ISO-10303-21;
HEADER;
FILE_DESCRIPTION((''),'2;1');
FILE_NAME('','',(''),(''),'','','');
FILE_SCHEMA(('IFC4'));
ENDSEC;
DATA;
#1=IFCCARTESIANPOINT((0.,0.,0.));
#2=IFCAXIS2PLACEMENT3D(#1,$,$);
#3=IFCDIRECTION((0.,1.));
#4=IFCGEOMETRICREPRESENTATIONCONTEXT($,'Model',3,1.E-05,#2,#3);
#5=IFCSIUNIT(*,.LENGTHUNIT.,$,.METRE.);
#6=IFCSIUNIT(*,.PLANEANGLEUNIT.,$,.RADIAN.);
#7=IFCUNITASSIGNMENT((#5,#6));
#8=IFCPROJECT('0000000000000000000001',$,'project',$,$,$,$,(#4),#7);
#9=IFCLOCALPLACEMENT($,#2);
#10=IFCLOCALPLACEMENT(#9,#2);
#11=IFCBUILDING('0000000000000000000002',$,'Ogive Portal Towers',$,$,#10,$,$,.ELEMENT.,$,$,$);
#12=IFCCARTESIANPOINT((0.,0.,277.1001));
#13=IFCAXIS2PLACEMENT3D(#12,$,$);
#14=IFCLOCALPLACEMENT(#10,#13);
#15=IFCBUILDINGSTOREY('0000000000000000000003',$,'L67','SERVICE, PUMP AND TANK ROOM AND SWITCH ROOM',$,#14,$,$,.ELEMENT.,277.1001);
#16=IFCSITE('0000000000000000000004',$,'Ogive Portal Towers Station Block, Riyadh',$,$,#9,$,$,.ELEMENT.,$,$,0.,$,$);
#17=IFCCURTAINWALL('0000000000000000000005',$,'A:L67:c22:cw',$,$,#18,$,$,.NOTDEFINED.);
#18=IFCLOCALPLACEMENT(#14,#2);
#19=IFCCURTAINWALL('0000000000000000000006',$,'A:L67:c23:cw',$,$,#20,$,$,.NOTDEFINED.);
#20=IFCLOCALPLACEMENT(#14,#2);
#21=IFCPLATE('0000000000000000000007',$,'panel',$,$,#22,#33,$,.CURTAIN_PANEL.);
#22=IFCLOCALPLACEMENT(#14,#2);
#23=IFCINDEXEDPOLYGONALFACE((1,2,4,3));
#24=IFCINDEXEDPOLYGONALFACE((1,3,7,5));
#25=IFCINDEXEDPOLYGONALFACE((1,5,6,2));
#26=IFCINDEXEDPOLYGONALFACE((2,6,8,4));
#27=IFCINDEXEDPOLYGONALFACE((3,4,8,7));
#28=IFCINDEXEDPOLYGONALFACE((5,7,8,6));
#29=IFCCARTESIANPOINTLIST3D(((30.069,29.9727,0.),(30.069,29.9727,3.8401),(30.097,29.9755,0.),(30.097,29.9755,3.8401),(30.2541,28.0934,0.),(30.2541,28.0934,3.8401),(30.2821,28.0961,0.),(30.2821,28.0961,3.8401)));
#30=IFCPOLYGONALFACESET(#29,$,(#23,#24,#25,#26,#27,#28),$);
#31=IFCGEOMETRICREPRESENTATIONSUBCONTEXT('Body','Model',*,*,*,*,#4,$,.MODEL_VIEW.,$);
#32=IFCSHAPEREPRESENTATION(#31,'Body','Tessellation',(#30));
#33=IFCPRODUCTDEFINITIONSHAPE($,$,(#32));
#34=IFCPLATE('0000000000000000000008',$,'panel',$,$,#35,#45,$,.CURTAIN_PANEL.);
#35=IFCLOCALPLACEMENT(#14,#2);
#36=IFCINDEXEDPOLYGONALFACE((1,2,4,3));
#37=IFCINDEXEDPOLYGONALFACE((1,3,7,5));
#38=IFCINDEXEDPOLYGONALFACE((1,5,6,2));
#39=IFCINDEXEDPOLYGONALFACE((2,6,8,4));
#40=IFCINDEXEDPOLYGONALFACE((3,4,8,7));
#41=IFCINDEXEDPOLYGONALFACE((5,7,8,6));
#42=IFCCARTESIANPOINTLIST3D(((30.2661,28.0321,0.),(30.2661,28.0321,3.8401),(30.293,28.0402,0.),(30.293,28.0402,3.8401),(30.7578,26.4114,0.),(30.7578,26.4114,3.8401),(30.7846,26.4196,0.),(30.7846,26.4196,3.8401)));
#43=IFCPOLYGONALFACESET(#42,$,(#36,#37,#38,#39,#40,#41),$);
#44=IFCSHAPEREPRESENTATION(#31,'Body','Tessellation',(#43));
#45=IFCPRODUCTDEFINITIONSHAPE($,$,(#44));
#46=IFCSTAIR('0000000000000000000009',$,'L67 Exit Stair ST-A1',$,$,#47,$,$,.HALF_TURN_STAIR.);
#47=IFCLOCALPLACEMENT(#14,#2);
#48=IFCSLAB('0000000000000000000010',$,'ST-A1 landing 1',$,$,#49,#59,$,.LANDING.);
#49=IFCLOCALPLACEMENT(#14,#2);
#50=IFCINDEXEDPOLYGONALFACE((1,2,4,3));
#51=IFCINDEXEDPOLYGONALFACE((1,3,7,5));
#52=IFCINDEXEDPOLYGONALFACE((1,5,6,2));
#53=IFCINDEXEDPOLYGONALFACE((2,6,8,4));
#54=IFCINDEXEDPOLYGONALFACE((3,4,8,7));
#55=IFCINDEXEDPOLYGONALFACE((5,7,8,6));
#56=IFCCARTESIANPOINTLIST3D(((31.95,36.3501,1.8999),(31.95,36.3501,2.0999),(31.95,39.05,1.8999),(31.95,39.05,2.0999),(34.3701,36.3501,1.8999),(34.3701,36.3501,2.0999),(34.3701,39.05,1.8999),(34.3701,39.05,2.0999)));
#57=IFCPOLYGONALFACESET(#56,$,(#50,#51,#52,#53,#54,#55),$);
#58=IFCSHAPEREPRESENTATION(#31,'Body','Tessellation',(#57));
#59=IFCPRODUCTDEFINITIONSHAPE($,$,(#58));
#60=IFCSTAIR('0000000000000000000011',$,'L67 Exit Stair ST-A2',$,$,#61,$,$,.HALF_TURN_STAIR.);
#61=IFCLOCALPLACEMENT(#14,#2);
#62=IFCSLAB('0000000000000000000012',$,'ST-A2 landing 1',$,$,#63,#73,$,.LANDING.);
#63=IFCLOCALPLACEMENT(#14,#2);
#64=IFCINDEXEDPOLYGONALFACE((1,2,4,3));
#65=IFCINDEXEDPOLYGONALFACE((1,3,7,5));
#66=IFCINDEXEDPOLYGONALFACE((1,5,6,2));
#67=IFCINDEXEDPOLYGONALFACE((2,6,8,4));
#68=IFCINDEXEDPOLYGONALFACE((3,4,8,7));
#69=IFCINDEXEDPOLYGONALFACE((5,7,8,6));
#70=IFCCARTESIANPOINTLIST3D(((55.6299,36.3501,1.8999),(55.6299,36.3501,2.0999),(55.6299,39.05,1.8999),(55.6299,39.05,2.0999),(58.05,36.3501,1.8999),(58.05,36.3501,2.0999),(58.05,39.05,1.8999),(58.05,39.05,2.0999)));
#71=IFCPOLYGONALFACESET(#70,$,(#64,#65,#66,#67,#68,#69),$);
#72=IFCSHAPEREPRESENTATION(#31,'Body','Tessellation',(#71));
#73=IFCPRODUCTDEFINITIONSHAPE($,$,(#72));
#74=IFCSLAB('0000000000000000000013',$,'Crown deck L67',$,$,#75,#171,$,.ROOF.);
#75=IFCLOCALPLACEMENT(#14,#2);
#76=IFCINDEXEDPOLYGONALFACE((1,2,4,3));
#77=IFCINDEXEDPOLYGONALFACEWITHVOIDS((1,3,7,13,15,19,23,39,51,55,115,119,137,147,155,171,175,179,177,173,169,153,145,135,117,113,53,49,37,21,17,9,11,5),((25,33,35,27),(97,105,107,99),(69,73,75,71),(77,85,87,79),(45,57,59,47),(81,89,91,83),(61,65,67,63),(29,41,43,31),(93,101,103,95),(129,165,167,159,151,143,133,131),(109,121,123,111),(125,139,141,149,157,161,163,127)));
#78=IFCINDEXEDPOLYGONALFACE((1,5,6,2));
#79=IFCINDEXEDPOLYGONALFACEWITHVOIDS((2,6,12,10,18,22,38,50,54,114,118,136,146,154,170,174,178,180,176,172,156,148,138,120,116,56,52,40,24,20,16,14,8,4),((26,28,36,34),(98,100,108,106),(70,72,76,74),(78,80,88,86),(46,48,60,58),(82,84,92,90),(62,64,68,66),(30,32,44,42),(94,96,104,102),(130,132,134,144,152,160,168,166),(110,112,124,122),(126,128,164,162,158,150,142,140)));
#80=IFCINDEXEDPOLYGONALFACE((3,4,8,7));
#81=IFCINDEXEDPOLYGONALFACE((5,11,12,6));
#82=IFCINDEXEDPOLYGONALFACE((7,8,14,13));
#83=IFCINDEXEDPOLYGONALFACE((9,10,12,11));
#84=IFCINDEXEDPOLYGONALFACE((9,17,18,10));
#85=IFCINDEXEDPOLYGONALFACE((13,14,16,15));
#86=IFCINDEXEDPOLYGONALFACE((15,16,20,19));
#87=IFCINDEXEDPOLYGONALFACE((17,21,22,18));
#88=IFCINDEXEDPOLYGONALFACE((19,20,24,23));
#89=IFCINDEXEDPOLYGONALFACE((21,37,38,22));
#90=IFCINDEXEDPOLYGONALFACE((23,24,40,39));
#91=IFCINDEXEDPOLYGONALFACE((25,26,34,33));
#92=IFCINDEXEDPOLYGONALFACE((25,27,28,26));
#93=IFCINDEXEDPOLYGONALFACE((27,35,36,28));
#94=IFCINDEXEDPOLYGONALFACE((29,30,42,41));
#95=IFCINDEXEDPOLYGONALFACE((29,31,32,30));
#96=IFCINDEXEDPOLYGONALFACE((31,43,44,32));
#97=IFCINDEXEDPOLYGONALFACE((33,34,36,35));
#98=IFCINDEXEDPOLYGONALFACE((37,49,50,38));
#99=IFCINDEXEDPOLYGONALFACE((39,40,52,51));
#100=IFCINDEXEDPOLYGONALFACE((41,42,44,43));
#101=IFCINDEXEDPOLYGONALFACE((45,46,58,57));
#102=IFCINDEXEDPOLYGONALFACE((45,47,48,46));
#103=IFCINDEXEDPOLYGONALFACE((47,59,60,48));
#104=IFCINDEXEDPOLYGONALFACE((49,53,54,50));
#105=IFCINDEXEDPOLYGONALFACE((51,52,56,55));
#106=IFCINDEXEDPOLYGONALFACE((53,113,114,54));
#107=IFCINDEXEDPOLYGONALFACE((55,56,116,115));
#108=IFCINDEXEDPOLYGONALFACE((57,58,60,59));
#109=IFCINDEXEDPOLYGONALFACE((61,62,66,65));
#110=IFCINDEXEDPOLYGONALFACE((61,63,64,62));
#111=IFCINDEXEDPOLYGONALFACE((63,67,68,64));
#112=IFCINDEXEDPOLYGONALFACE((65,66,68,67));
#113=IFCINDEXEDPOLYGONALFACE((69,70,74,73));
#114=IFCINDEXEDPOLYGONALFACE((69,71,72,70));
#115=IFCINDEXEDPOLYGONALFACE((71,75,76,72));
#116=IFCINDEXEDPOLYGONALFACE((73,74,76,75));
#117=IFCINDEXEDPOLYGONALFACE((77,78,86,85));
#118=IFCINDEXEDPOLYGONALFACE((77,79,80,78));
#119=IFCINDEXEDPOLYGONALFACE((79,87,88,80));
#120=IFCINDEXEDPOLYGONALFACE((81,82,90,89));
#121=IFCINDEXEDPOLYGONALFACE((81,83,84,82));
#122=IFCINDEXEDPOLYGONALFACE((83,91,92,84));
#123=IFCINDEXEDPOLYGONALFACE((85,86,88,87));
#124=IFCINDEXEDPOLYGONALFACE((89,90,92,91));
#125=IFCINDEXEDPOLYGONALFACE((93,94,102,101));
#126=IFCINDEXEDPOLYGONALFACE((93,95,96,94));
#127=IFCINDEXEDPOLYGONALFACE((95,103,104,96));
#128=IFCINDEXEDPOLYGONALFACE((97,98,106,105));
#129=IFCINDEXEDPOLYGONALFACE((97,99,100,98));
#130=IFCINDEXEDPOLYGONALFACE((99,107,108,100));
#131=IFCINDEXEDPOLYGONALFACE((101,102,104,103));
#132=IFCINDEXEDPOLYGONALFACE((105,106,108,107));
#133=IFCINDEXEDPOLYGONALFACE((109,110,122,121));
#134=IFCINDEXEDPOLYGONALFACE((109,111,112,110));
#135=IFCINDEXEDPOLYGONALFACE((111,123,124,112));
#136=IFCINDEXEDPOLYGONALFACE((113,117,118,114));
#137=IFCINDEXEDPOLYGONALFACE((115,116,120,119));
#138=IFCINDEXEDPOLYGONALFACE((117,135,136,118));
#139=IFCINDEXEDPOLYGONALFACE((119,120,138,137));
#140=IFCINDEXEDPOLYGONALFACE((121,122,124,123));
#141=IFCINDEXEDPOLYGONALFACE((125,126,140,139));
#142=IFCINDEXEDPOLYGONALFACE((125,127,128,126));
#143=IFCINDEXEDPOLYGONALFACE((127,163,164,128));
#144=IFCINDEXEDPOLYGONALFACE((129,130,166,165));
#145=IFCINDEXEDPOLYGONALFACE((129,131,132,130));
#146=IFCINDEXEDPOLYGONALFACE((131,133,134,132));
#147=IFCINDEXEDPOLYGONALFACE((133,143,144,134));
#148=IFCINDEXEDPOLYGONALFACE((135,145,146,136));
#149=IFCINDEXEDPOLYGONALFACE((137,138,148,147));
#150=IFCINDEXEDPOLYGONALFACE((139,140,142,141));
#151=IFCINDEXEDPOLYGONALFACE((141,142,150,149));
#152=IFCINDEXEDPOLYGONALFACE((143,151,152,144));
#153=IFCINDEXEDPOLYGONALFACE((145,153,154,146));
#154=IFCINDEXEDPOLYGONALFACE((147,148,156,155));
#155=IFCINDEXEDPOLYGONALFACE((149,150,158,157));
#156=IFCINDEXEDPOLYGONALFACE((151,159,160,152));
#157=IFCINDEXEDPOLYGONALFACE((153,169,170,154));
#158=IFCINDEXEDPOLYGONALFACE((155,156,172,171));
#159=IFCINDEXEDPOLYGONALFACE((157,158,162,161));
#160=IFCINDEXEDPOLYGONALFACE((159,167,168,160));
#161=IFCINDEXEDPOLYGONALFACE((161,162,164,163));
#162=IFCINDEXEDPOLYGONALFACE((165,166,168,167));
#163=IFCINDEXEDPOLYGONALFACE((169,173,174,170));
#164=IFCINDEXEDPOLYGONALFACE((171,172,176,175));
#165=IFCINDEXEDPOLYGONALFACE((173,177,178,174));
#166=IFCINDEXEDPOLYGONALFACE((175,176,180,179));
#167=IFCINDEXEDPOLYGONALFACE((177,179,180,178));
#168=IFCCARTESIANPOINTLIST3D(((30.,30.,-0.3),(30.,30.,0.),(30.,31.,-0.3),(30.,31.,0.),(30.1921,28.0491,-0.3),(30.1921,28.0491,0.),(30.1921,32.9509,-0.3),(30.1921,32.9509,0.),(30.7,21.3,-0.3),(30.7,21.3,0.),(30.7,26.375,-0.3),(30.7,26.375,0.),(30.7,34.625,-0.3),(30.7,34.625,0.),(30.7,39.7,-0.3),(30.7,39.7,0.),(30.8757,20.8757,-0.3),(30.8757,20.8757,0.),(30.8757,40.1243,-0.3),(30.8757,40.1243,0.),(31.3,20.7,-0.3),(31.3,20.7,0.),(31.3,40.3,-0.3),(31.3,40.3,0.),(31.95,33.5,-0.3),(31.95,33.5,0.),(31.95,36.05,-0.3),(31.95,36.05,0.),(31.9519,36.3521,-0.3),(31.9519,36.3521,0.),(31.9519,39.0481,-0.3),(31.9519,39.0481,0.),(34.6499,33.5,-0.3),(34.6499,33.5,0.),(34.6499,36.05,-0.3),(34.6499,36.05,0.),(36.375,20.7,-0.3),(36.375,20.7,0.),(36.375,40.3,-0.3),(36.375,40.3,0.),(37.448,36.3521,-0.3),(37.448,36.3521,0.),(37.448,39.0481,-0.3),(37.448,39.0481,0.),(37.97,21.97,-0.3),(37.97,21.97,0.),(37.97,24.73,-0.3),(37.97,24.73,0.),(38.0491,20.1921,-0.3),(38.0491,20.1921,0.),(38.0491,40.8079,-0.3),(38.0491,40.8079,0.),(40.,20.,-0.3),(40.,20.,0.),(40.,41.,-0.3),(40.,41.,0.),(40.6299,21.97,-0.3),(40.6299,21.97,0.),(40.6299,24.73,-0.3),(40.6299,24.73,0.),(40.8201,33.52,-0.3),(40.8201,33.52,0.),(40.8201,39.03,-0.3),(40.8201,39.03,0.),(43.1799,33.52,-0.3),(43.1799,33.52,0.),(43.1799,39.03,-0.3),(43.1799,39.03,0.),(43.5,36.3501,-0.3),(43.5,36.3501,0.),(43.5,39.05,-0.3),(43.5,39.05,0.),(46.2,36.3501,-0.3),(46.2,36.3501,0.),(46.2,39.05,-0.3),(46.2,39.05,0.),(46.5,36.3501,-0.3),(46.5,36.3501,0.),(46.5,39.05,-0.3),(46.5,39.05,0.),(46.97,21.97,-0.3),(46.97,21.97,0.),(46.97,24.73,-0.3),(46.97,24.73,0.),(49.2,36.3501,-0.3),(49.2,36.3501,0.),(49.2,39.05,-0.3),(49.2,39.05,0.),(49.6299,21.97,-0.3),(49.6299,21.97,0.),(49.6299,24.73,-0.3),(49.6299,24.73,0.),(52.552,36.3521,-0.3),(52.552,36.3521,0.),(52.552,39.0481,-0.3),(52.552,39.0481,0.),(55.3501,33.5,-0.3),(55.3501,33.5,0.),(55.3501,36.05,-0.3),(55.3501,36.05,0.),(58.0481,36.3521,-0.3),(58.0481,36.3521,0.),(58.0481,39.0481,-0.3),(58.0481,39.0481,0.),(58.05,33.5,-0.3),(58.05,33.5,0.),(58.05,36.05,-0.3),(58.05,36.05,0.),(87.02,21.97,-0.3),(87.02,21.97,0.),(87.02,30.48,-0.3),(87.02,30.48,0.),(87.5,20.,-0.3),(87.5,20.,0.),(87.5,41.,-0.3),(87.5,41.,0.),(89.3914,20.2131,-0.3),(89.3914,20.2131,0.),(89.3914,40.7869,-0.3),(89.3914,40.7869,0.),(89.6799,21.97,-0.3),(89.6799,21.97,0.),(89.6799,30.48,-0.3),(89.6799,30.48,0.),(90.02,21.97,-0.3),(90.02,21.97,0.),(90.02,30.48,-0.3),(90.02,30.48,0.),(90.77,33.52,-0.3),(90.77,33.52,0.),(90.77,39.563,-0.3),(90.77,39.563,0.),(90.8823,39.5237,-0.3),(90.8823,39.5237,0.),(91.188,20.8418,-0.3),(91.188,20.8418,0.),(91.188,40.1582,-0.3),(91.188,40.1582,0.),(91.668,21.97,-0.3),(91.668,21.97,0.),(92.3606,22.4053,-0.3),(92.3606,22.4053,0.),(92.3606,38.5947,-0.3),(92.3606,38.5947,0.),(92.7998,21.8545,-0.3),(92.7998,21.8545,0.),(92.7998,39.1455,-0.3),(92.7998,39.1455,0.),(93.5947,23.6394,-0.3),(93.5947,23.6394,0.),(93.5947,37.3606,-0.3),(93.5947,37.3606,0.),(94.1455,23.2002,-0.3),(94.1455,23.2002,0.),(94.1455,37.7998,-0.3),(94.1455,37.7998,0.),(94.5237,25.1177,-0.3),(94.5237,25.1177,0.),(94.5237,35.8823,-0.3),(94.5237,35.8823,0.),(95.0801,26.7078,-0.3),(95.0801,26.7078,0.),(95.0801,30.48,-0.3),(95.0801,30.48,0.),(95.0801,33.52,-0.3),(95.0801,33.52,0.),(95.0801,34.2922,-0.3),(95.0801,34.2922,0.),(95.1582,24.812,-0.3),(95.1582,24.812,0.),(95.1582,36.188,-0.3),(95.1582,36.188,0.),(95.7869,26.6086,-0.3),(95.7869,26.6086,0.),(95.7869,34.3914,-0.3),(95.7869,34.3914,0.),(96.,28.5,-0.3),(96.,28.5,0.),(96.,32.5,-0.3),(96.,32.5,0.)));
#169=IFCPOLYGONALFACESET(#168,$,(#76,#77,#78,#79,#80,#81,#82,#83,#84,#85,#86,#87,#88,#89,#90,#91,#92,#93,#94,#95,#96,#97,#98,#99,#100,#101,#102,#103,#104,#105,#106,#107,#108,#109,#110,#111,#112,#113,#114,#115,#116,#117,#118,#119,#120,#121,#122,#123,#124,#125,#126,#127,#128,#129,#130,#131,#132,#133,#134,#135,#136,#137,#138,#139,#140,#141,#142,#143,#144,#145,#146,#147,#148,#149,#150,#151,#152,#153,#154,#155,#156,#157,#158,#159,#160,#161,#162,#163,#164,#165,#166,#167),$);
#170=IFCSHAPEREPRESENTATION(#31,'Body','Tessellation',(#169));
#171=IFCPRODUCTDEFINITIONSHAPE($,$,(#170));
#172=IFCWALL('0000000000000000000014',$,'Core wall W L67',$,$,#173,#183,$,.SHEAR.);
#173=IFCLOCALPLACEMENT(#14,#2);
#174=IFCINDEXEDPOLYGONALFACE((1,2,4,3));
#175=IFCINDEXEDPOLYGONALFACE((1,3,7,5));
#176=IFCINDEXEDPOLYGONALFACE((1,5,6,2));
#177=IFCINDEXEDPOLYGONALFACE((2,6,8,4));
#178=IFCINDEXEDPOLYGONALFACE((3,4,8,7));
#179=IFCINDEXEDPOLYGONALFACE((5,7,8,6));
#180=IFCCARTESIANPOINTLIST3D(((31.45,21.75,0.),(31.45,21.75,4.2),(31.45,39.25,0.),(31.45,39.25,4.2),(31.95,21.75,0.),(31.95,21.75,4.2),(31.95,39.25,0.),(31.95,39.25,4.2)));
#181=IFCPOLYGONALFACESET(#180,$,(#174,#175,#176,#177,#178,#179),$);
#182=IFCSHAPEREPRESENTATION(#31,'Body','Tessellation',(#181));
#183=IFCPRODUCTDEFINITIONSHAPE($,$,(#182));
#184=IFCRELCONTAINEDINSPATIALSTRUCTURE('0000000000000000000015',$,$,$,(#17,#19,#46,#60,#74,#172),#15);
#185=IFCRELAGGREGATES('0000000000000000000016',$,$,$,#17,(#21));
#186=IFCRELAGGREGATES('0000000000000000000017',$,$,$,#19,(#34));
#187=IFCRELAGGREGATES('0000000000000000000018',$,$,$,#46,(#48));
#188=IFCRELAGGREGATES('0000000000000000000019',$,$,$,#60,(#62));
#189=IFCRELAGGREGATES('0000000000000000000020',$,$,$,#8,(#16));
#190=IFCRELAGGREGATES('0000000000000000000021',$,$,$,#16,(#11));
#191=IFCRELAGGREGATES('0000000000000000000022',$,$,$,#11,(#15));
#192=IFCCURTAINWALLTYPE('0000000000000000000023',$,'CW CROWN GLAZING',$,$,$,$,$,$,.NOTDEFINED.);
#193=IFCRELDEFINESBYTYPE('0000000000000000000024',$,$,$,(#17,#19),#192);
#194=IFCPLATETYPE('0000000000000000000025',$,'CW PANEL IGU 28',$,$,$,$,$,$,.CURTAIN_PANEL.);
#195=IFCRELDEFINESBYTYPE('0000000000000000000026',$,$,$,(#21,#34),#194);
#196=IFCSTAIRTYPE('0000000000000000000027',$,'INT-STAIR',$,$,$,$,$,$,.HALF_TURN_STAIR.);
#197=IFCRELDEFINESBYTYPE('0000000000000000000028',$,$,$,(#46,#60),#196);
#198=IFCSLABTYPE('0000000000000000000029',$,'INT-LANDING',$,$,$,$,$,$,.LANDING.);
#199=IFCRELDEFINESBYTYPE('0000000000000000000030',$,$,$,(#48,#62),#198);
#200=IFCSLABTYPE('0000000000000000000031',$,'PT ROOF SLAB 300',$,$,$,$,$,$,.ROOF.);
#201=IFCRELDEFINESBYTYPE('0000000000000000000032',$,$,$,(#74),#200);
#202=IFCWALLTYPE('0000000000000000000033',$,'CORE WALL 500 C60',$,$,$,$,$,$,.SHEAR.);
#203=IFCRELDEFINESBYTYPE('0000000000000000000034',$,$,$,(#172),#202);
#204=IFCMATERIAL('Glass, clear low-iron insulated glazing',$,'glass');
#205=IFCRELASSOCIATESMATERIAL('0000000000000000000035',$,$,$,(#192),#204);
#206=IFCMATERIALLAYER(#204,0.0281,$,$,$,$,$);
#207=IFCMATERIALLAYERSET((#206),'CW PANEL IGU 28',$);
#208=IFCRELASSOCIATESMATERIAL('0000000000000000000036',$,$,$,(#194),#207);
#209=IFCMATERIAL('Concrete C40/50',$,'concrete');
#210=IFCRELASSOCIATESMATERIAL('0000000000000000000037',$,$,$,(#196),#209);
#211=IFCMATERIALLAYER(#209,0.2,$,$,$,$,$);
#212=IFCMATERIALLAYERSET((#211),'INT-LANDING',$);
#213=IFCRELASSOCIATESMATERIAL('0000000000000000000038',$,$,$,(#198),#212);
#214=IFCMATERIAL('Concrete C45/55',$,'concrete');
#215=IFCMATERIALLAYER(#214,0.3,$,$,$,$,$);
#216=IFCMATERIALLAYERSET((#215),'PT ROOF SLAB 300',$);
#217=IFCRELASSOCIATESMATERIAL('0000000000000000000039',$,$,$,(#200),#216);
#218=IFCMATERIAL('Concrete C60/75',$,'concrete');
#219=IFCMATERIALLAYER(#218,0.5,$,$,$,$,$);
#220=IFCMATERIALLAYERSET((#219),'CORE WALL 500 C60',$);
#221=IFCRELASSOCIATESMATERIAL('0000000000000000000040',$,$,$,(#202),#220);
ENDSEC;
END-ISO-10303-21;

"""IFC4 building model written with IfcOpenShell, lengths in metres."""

from ifc_helpers import new_model, si_unit, direction, frame, frame_2d, origin, origin_2d, place, context, subcontext, project, spatial, polyline, rectangle, outline, extrude, material, layer, layer_set, type_object, element, aggregate, save


model = new_model("IFC4")

# Units and contexts
model_context = context("Model", 3, precision=1e-05, world=origin(), true_north=direction((0.0, 1.0)))
body_context = subcontext(model_context, "Body", "Model", "MODEL_VIEW")
ifc_project = project(units=[si_unit("LENGTHUNIT", "METRE"), si_unit("PLANEANGLEUNIT", "RADIAN")], contexts=[model_context])

# Site, building, storey
site_placement = place(None, origin())
site = spatial("IfcSite", under=ifc_project, at=site_placement, Name="Ogive Portal Towers Station Block, Riyadh", CompositionType="ELEMENT", RefElevation=0.0)
building_placement = place(site_placement, origin())
building = spatial("IfcBuilding", under=site, at=building_placement, Name="Ogive Portal Towers", CompositionType="ELEMENT")
storey_placement = place(building_placement, frame((0.0, 0.0, 277.1001)))
storey = spatial("IfcBuildingStorey", under=building, at=storey_placement, Name="L67", Description="SERVICE, PUMP AND TANK ROOM AND SWITCH ROOM", CompositionType="ELEMENT", Elevation=277.1001)

# Shared definitions
ifc_material_1 = material(Name="Glass, clear low-iron insulated glazing", Category="glass")
curtain_wall_type = type_object("IfcCurtainWallType", Name="CW CROWN GLAZING", PredefinedType="NOTDEFINED", material=ifc_material_1)

# Curtain wall
curtain_wall_1_placement = place(storey_placement, origin())
curtain_wall_1 = element("IfcCurtainWall", 1, at=curtain_wall_1_placement, inside=storey, type_object=curtain_wall_type, Name="A:L67:c22:cw", PredefinedType="NOTDEFINED")

# Curtain wall
curtain_wall_2_placement = place(storey_placement, origin())
curtain_wall_2 = element("IfcCurtainWall", 2, at=curtain_wall_2_placement, inside=storey, type_object=curtain_wall_type, Name="A:L67:c23:cw", PredefinedType="NOTDEFINED")

# Plates
ifc_layer_1 = layer(ifc_material_1, 0.0281)
ifc_layer_set_1 = layer_set([ifc_layer_1], Name="CW PANEL IGU 28")
plate_type = type_object("IfcPlateType", Name="CW PANEL IGU 28", PredefinedType="CURTAIN_PANEL", material=ifc_layer_set_1)
plate_1_placement = place(storey_placement, frame((30.1755, 29.0344, 0.0), z_axis=(0.0, 0.0, 1.0), x_axis=(0.098017, -0.995185, 0.0)))
plate_1 = element("IfcPlate", 3, at=plate_1_placement, type_object=plate_type, Name="panel", PredefinedType="CURTAIN_PANEL", context=body_context, shape_type="SweptSolid", body=[
    extrude(rectangle(XDim=1.8884, YDim=0.0281, at=origin_2d()), origin(), (0.0, 0.0, 1.0), 3.8401),
])
aggregate(curtain_wall_1, [plate_1])
plate_2_placement = place(storey_placement, frame((30.5254, 27.2258, 0.0), z_axis=(0.0, 0.0, 1.0), x_axis=(0.290285, -0.95694, 0.0)))
plate_2 = element("IfcPlate", 4, at=plate_2_placement, type_object=plate_type, Name="panel", PredefinedType="CURTAIN_PANEL", context=body_context, shape_type="SweptSolid", body=[
    extrude(rectangle(XDim=1.6936, YDim=0.0281, at=origin_2d()), origin(), (0.0, 0.0, 1.0), 3.8401),
])
aggregate(curtain_wall_2, [plate_2])

# Stairs, slabs
ifc_material_2 = material(Name="Concrete C40/50", Category="concrete")
stair_type = type_object("IfcStairType", Name="INT-STAIR", PredefinedType="HALF_TURN_STAIR", material=ifc_material_2)
stair_1_placement = place(storey_placement, origin())
stair_1 = element("IfcStair", 5, at=stair_1_placement, inside=storey, type_object=stair_type, Name="L67 Exit Stair ST-A1", PredefinedType="HALF_TURN_STAIR")
ifc_layer_2 = layer(ifc_material_2, 0.2)
ifc_layer_set_2 = layer_set([ifc_layer_2], Name="INT-LANDING")
slab_type_1 = type_object("IfcSlabType", Name="INT-LANDING", PredefinedType="LANDING", material=ifc_layer_set_2)
slab_1_placement = place(storey_placement, frame((0.0, 0.0, 1.8999)))
slab_1 = element("IfcSlab", 6, at=slab_1_placement, type_object=slab_type_1, Name="ST-A1 landing 1", PredefinedType="LANDING", context=body_context, shape_type="SweptSolid", body=[
    extrude(outline(polyline([(34.3701, 39.05), (31.95, 39.05), (31.95, 36.3501), (34.3701, 36.3501), (34.3701, 39.05)])), origin(), (0.0, 0.0, 1.0), 0.2),
])
aggregate(stair_1, [slab_1])
stair_2_placement = place(storey_placement, origin())
stair_2 = element("IfcStair", 7, at=stair_2_placement, inside=storey, type_object=stair_type, Name="L67 Exit Stair ST-A2", PredefinedType="HALF_TURN_STAIR")
slab_2_placement = place(storey_placement, frame((0.0, 0.0, 1.8999)))
slab_2 = element("IfcSlab", 8, at=slab_2_placement, type_object=slab_type_1, Name="ST-A2 landing 1", PredefinedType="LANDING", context=body_context, shape_type="SweptSolid", body=[
    extrude(outline(polyline([(55.6299, 36.3501), (58.05, 36.3501), (58.05, 39.05), (55.6299, 39.05), (55.6299, 36.3501)])), origin(), (0.0, 0.0, 1.0), 0.2),
])
aggregate(stair_2, [slab_2])

# Slab
ifc_material_3 = material(Name="Concrete C45/55", Category="concrete")
ifc_layer_3 = layer(ifc_material_3, 0.3)
ifc_layer_set_3 = layer_set([ifc_layer_3], Name="PT ROOF SLAB 300")
slab_type_2 = type_object("IfcSlabType", Name="PT ROOF SLAB 300", PredefinedType="ROOF", material=ifc_layer_set_3)
slab_3_placement = place(storey_placement, frame((0.0, 0.0, -0.3)))
element("IfcSlab", 9, at=slab_3_placement, inside=storey, type_object=slab_type_2, Name="Crown deck L67", PredefinedType="ROOF", context=body_context, shape_type="SweptSolid", body=[
    extrude(outline(polyline([(30.0, 30.0), (30.1921, 28.0491), (30.7, 26.375), (30.7, 21.3), (30.8757, 20.8757), (31.3, 20.7), (36.375, 20.7), (38.0491, 20.1921), (40.0, 20.0), (87.5, 20.0), (89.3914, 20.2131), (91.188, 20.8418), (92.7998, 21.8545), (94.1455, 23.2002), (95.1582, 24.812), (95.7869, 26.6086), (96.0, 28.5), (96.0, 32.5), (95.7869, 34.3914), (95.1582, 36.188), (94.1455, 37.7998), (92.7998, 39.1455), (91.188, 40.1582), (89.3914, 40.7869), (87.5, 41.0), (40.0, 41.0), (38.0491, 40.8079), (36.375, 40.3), (31.3, 40.3), (30.8757, 40.1243), (30.7, 39.7), (30.7, 34.625), (30.1921, 32.9509), (30.0, 31.0), (30.0, 30.0)]), holes=[polyline([(40.6299, 24.73), (40.6299, 21.97), (37.97, 21.97), (37.97, 24.73), (40.6299, 24.73)]), polyline([(34.6499, 36.05), (34.6499, 33.5), (31.95, 33.5), (31.95, 36.05), (34.6499, 36.05)]), polyline([(43.1799, 33.52), (40.8201, 33.52), (40.8201, 39.03), (43.1799, 39.03), (43.1799, 33.52)]), polyline([(31.9519, 36.3521), (31.9519, 39.0481), (37.448, 39.0481), (37.448, 36.3521), (31.9519, 36.3521)]), polyline([(46.2, 39.05), (46.2, 36.3501), (43.5, 36.3501), (43.5, 39.05), (46.2, 39.05)]), polyline([(49.2, 39.05), (49.2, 36.3501), (46.5, 36.3501), (46.5, 39.05), (49.2, 39.05)]), polyline([(49.6299, 24.73), (49.6299, 21.97), (46.97, 21.97), (46.97, 24.73), (49.6299, 24.73)]), polyline([(89.6799, 21.97), (87.02, 21.97), (87.02, 30.48), (89.6799, 30.48), (89.6799, 21.97)]), polyline([(93.5947, 23.6394), (92.3606, 22.4053), (91.668, 21.97), (90.02, 21.97), (90.02, 30.48), (95.0801, 30.48), (95.0801, 26.7078), (94.5237, 25.1177), (93.5947, 23.6394)]), polyline([(55.3501, 36.05), (58.05, 36.05), (58.05, 33.5), (55.3501, 33.5), (55.3501, 36.05)]), polyline([(93.5947, 37.3606), (94.5237, 35.8823), (95.0801, 34.2922), (95.0801, 33.52), (90.77, 33.52), (90.77, 39.563), (90.8823, 39.5237), (92.3606, 38.5947), (93.5947, 37.3606)]), polyline([(58.0481, 36.3521), (52.552, 36.3521), (52.552, 39.0481), (58.0481, 39.0481), (58.0481, 36.3521)])]), origin(), (0.0, 0.0, 1.0), 0.3),
])

# Wall
ifc_material_4 = material(Name="Concrete C60/75", Category="concrete")
ifc_layer_4 = layer(ifc_material_4, 0.5)
ifc_layer_set_4 = layer_set([ifc_layer_4], Name="CORE WALL 500 C60")
wall_type_1 = type_object("IfcWallType", Name="CORE WALL 500 C60", PredefinedType="SHEAR", material=ifc_layer_set_4)
wall_1_placement = place(storey_placement, frame((31.7, 21.75, 0.0), z_axis=(0.0, 0.0, 1.0), x_axis=(0.0, 1.0, 0.0)))
element("IfcWall", 10, at=wall_1_placement, inside=storey, type_object=wall_type_1, Name="Core wall W L67", PredefinedType="SHEAR", context=body_context, shape_type="SweptSolid", body=[
    extrude(rectangle(XDim=17.5, YDim=0.5, at=frame_2d((8.75, 0.0))), origin(), (0.0, 0.0, 1.0), 4.2),
])

save(model, "model.ifc")
